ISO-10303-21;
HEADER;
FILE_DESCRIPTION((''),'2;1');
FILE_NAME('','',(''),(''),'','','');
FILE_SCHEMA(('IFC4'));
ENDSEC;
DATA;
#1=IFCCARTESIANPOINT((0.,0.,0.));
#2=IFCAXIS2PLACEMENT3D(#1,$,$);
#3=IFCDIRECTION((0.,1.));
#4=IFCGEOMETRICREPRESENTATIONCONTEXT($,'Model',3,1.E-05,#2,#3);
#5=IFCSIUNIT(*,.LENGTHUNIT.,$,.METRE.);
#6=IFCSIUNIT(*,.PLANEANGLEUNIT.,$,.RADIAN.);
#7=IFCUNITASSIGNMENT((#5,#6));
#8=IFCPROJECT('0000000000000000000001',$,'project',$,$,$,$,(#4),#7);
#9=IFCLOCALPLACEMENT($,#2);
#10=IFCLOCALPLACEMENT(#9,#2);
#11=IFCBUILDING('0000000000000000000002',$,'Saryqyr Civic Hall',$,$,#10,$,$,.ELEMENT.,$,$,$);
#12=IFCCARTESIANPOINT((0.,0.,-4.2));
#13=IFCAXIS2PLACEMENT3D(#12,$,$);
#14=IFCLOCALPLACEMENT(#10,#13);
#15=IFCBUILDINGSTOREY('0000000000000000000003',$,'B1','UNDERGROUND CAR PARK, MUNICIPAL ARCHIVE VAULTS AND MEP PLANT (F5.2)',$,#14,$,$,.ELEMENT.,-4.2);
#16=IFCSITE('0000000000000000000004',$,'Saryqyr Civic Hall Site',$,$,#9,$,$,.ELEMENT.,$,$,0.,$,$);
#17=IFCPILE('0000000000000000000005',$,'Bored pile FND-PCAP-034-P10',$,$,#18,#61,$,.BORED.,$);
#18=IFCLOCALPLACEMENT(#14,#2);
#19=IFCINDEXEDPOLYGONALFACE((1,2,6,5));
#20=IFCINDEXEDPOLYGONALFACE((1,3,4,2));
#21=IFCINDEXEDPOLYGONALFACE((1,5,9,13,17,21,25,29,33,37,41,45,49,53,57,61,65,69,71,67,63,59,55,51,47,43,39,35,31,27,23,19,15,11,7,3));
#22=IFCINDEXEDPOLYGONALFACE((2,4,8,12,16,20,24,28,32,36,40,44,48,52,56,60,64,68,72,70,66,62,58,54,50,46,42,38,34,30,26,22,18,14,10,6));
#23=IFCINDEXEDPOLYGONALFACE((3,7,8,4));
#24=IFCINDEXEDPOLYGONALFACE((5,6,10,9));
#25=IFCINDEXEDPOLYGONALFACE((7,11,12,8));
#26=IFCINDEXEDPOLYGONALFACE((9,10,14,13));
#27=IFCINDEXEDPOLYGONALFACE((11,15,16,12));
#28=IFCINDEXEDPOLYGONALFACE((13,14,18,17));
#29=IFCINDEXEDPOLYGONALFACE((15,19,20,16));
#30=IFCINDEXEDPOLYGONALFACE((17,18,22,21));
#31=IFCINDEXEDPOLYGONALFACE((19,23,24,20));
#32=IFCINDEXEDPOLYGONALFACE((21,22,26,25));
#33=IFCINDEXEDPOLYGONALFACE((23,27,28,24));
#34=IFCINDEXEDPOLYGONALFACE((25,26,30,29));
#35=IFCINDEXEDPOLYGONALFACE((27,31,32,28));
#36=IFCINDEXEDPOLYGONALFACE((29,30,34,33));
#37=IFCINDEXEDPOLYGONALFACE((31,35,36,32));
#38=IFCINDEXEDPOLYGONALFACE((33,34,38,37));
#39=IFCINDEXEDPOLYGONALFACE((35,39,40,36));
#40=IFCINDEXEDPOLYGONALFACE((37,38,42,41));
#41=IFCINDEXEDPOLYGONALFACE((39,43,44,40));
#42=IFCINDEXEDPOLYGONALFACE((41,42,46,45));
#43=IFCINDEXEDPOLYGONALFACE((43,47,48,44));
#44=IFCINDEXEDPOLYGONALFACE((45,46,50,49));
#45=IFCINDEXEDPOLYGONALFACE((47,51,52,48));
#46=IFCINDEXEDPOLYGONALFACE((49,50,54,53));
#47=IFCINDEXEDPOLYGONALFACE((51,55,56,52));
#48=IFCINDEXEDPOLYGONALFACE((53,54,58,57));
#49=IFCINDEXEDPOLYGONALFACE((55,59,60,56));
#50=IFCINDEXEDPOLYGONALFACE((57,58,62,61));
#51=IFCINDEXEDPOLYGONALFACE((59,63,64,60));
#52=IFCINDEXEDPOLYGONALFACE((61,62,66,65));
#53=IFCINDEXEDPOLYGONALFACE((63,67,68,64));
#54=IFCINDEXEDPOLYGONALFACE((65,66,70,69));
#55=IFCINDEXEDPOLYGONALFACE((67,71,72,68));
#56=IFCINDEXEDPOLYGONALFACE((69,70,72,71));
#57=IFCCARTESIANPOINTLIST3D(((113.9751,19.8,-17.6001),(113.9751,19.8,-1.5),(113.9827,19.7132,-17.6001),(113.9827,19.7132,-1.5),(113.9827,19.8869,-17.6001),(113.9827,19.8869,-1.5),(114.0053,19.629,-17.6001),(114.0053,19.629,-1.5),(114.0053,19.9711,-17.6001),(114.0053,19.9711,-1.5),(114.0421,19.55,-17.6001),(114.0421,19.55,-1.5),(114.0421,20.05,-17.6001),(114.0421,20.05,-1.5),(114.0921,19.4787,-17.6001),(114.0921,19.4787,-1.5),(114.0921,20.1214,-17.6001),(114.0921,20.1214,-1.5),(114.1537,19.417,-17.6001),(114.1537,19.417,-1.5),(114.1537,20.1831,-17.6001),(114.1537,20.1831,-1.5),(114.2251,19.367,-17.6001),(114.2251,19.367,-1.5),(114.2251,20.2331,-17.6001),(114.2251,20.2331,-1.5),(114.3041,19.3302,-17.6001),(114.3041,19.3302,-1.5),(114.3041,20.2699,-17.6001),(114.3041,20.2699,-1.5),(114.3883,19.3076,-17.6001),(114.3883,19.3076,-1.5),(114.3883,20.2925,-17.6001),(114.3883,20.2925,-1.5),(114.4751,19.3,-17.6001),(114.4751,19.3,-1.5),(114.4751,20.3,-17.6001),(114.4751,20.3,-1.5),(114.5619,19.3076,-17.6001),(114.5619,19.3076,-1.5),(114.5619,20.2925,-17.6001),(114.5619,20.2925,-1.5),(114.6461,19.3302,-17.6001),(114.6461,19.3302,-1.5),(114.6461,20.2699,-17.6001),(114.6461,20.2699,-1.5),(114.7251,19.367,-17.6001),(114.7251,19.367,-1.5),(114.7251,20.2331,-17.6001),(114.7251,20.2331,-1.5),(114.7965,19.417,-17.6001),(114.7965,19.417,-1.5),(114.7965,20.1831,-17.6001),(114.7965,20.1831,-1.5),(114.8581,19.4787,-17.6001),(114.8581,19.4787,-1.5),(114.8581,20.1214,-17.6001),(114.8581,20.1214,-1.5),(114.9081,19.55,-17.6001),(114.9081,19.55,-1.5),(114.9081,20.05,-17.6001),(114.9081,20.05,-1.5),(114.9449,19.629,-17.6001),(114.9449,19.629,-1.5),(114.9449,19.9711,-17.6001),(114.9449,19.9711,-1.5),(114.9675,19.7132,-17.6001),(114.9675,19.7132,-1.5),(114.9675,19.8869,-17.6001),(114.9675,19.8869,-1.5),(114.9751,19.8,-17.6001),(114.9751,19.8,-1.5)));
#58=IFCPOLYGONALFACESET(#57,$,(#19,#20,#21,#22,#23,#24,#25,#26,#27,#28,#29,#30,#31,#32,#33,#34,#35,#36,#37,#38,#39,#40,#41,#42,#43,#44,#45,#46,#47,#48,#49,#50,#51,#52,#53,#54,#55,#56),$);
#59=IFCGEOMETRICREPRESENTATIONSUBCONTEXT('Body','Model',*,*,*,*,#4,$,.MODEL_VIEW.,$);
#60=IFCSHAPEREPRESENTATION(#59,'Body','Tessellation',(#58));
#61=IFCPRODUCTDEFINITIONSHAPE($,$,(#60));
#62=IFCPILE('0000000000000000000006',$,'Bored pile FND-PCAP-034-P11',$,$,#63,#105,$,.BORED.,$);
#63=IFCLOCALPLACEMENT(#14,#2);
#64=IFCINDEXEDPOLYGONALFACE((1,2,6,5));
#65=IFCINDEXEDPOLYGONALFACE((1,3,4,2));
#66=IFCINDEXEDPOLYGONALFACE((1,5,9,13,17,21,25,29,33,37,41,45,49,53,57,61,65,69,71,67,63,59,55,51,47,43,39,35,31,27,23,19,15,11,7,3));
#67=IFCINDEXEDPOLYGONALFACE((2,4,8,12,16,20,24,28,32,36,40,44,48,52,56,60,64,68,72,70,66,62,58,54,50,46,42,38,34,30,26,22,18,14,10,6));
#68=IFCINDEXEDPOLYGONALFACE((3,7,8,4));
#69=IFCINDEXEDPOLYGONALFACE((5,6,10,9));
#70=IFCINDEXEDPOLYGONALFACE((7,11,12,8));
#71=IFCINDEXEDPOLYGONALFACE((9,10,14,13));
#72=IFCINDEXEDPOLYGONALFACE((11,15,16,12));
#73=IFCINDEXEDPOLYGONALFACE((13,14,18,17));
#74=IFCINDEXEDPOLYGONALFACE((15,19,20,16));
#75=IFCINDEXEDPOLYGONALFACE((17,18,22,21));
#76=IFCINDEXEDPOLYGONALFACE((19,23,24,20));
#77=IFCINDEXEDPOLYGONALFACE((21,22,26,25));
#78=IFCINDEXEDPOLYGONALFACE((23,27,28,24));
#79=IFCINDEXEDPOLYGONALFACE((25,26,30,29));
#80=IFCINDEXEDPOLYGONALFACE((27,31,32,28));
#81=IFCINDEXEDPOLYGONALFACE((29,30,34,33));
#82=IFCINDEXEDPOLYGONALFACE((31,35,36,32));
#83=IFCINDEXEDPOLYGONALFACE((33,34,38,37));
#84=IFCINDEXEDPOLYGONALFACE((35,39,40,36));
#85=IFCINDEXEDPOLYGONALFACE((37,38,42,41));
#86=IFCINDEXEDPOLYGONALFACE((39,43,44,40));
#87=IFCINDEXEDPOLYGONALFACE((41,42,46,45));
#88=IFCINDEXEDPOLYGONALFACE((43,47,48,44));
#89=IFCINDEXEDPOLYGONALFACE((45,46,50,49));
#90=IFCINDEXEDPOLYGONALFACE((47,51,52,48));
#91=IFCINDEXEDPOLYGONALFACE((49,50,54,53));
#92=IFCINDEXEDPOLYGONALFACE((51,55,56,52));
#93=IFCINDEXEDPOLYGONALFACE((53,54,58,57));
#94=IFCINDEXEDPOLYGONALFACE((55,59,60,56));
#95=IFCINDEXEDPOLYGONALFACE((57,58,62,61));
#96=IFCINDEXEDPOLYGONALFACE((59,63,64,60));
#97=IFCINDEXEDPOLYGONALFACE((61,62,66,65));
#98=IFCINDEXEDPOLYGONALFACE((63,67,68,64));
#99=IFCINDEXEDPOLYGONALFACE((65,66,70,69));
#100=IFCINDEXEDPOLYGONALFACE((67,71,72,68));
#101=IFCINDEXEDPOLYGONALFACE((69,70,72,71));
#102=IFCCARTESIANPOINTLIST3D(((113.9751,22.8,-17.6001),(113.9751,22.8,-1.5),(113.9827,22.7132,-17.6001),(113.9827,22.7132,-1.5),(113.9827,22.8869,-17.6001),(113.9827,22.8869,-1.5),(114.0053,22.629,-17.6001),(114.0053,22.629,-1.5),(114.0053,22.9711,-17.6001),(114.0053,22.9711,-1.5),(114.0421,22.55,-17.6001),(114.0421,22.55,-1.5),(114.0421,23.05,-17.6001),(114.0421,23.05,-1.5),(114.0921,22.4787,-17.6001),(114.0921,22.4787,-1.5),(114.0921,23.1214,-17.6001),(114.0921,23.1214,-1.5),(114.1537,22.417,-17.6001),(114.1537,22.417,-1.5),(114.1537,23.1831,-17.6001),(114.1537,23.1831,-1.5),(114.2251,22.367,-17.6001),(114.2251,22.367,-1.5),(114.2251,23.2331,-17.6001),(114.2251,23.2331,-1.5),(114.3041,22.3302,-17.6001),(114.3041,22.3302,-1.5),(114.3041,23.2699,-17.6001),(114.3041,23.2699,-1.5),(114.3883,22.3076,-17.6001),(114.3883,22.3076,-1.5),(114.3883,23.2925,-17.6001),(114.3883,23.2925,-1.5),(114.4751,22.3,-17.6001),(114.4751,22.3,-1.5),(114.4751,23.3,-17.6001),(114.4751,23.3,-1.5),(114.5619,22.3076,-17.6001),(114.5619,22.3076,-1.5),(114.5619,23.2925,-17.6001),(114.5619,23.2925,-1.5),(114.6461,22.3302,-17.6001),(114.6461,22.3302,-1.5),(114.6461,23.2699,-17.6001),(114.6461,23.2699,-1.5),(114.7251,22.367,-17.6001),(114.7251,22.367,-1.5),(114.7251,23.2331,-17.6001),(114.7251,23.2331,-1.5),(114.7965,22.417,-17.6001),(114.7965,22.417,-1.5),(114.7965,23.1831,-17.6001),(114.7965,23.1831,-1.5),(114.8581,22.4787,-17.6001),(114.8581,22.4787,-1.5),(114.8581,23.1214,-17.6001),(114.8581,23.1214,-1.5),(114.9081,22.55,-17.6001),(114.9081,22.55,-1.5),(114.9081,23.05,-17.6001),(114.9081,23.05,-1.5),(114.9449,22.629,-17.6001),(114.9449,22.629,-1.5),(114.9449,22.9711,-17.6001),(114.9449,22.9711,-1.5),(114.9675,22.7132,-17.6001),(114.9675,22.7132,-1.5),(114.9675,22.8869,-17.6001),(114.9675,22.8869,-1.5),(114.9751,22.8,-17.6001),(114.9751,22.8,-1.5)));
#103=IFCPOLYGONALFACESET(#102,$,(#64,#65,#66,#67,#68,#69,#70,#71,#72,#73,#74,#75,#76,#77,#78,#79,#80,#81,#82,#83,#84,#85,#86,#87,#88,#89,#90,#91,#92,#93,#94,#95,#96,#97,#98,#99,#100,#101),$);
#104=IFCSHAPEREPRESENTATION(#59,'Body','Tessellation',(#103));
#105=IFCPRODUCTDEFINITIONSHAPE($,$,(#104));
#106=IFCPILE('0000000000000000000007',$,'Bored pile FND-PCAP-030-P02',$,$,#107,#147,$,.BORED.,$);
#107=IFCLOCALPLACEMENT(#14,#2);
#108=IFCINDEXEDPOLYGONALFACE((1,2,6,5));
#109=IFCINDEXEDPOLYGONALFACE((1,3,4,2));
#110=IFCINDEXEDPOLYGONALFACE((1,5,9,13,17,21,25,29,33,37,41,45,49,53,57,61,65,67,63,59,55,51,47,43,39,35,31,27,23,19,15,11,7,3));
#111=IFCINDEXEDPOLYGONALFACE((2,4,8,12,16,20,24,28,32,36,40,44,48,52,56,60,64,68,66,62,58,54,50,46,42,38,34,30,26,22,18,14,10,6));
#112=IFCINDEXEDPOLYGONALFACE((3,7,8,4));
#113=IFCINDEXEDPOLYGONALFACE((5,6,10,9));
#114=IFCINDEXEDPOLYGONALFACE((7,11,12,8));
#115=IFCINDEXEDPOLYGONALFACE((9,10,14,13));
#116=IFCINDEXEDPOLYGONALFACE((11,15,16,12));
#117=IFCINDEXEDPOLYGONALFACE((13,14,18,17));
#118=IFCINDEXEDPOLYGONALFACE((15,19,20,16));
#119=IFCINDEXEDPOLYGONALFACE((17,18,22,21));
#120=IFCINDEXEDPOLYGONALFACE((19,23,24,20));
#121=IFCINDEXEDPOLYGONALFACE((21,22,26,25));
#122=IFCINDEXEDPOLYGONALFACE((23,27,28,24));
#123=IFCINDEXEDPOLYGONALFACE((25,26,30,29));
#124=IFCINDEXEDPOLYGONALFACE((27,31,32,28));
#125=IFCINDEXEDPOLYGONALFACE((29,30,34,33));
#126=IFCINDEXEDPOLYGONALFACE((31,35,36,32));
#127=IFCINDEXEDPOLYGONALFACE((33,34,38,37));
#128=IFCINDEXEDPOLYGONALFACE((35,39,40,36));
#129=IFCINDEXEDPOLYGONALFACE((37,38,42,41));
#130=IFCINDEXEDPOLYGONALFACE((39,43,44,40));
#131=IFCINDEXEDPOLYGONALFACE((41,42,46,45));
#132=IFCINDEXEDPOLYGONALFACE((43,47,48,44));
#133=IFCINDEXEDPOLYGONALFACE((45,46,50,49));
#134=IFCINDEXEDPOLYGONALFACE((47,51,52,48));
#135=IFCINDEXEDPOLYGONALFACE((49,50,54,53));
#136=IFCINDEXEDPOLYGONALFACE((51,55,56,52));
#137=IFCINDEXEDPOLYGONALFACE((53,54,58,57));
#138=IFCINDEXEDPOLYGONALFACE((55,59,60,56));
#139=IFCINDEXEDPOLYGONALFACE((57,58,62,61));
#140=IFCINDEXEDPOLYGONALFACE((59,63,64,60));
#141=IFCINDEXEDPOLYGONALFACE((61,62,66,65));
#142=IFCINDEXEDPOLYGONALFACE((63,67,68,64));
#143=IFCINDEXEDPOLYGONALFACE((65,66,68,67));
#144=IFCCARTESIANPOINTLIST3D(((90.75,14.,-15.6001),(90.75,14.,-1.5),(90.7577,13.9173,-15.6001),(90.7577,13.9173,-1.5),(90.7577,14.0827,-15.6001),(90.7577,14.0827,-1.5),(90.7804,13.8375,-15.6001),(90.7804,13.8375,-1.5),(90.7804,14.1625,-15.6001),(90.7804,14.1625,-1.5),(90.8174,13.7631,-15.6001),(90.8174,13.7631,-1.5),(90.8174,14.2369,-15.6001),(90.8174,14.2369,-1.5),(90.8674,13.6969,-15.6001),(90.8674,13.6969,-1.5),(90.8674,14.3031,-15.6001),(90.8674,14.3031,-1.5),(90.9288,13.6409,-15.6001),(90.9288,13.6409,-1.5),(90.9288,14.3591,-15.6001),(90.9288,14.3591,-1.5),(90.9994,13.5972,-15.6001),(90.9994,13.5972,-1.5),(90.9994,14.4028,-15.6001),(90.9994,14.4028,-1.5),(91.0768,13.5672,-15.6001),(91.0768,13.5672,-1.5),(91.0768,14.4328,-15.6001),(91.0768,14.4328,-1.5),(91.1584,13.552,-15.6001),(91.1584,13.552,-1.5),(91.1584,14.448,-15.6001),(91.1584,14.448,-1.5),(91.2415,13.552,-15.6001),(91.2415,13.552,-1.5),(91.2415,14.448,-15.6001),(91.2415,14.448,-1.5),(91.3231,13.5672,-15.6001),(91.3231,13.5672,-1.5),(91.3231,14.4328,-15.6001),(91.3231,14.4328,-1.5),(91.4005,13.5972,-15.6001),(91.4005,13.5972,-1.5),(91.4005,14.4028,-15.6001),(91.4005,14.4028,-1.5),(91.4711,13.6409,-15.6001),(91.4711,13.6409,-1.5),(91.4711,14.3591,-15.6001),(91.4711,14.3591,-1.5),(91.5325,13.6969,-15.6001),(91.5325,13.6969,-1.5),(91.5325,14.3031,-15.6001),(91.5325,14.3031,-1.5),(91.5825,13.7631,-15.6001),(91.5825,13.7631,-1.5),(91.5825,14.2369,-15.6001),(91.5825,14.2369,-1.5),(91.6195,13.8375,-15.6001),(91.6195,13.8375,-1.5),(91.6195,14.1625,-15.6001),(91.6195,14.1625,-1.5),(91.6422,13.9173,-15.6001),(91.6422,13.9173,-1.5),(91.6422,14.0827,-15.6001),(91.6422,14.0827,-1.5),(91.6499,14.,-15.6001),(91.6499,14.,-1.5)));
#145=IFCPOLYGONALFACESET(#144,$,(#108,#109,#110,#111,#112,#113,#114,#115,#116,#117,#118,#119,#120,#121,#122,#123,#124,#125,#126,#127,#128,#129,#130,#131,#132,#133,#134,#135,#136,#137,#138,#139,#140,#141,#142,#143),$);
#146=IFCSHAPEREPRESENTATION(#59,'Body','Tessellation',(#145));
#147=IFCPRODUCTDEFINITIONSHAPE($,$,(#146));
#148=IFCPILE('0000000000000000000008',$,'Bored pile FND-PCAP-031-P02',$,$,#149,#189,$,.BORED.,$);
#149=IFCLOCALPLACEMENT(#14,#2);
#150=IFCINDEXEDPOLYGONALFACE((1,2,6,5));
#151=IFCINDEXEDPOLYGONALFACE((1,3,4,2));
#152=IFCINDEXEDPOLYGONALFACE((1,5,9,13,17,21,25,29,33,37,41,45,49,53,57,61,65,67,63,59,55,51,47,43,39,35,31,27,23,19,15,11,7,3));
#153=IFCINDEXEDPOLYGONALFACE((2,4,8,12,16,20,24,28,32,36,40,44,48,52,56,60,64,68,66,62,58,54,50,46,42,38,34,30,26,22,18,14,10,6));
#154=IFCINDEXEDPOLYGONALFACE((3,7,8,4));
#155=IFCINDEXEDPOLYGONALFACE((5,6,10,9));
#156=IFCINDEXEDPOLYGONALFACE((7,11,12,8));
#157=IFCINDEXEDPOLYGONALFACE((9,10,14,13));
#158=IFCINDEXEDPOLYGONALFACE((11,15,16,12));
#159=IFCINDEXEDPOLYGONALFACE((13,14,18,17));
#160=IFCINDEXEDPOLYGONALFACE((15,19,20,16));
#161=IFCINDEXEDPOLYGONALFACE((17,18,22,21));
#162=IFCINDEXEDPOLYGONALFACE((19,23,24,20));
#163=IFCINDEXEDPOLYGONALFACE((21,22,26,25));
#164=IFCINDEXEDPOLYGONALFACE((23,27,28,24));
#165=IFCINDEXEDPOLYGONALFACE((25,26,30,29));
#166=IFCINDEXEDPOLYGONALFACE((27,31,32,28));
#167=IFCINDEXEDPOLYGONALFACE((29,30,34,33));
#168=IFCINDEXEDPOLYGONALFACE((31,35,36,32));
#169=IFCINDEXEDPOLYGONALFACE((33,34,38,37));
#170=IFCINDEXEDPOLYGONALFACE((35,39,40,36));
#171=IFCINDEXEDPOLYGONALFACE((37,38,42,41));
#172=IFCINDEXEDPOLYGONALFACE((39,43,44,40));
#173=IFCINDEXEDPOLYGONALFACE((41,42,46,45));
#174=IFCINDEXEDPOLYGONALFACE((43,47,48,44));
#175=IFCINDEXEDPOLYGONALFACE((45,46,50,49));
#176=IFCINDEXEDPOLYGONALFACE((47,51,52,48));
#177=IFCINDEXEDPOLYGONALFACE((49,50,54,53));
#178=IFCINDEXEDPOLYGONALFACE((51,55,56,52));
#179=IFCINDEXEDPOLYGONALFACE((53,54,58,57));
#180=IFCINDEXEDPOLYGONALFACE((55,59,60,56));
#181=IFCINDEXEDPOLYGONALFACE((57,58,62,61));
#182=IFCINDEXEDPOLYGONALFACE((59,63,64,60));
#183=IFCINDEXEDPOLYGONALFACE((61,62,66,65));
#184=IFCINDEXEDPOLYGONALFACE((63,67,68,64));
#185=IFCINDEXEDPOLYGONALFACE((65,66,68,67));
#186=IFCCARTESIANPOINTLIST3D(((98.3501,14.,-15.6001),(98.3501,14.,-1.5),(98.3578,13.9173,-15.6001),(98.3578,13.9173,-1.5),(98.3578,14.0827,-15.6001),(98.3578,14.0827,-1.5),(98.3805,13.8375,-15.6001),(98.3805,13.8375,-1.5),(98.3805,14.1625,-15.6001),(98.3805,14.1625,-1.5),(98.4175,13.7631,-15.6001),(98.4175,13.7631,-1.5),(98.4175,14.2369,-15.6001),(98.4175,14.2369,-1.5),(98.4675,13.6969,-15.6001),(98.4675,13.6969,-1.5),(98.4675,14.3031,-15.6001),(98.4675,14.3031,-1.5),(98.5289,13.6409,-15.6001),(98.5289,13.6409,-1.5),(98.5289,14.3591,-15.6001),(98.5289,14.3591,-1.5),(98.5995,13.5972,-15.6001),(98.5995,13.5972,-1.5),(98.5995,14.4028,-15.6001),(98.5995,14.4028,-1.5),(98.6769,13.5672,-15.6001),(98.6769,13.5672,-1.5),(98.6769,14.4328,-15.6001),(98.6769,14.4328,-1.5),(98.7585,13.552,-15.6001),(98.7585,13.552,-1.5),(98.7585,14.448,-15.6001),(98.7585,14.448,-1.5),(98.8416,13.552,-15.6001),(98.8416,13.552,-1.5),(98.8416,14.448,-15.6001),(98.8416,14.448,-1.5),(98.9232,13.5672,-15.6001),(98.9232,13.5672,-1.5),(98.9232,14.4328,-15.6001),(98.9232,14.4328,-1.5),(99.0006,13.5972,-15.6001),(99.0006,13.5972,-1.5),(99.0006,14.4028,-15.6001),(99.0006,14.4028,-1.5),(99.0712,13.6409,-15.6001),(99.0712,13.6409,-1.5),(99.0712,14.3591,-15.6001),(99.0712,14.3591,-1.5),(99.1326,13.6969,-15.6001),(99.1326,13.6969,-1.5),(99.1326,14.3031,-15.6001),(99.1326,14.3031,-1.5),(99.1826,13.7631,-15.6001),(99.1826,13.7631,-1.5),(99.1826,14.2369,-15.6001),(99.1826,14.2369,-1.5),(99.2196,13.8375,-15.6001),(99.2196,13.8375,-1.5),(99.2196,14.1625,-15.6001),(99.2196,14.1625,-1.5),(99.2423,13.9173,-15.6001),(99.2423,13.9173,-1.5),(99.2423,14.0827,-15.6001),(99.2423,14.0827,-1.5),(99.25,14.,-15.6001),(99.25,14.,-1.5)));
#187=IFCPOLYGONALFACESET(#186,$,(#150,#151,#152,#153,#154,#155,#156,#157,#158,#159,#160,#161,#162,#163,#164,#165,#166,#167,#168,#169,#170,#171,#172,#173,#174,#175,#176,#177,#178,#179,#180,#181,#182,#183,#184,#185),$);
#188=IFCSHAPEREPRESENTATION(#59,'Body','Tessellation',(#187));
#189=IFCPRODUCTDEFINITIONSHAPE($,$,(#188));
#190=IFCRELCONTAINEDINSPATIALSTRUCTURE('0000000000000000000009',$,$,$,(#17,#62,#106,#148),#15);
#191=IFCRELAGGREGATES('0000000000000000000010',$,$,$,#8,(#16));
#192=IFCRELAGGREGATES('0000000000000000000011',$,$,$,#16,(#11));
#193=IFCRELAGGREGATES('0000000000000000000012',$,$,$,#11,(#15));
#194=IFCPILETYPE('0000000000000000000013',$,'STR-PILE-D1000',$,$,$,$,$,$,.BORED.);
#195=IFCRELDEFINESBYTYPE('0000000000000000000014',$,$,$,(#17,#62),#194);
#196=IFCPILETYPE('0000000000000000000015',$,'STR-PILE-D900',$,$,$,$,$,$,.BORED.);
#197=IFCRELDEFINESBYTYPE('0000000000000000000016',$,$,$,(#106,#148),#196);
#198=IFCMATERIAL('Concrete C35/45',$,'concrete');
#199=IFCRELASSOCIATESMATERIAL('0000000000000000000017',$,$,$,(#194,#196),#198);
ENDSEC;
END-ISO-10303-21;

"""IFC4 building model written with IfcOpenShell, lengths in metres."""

from ifc_helpers import new_model, si_unit, direction, frame, origin, origin_2d, place, context, subcontext, project, spatial, circle, extrude, material, material_profile, profile_set, type_object, element, save


model = new_model("IFC4")

# Units and contexts
model_context = context("Model", 3, precision=1e-05, world=origin(), true_north=direction((0.0, 1.0)))
body_context = subcontext(model_context, "Body", "Model", "MODEL_VIEW")
ifc_project = project(units=[si_unit("LENGTHUNIT", "METRE"), si_unit("PLANEANGLEUNIT", "RADIAN")], contexts=[model_context])

# Site, building, storey
site_placement = place(None, origin())
site = spatial("IfcSite", under=ifc_project, at=site_placement, Name="Saryqyr Civic Hall Site", CompositionType="ELEMENT", RefElevation=0.0)
building_placement = place(site_placement, origin())
building = spatial("IfcBuilding", under=site, at=building_placement, Name="Saryqyr Civic Hall", CompositionType="ELEMENT")
storey_placement = place(building_placement, frame((0.0, 0.0, -4.2)))
storey = spatial("IfcBuildingStorey", under=building, at=storey_placement, Name="B1", Description="UNDERGROUND CAR PARK, MUNICIPAL ARCHIVE VAULTS AND MEP PLANT (F5.2)", CompositionType="ELEMENT", Elevation=-4.2)

# Shared definitions
ifc_material_1 = material(Name="Concrete C35/45", Category="concrete")

# Piles
ifc_material_profile_1 = material_profile(ifc_material_1, circle(Radius=0.5, at=origin_2d()), Name="BORED PILE D1000")
ifc_profile_set_1 = profile_set([ifc_material_profile_1], Name="Concrete C35/45")
pile_type_1 = type_object("IfcPileType", Name="STR-PILE-D1000", PredefinedType="BORED", material=ifc_profile_set_1)
for number, where, z_axis, x_axis, name in (
    (1, (114.4751, 19.8, -1.5), (0.0, 0.0, -1.0), (1.0, 0.0, 0.0), "Bored pile FND-PCAP-034-P10"),
    (2, (114.4751, 22.8, -1.5), (0.0, 0.0, -1.0), (1.0, 0.0, 0.0), "Bored pile FND-PCAP-034-P11"),
):
    element("IfcPile", number, at=place(storey_placement, frame(where, z_axis=z_axis, x_axis=x_axis)), inside=storey, type_object=pile_type_1, Name=name, PredefinedType="BORED", context=body_context, shape_type="SweptSolid", body=[
        extrude(circle(Radius=0.5, at=origin_2d()), origin(), (0.0, 0.0, 1.0), 16.1001),
    ])
ifc_material_profile_2 = material_profile(ifc_material_1, circle(Radius=0.45, at=origin_2d()), Name="BORED PILE D900")
ifc_profile_set_2 = profile_set([ifc_material_profile_2], Name="Concrete C35/45")
pile_type_2 = type_object("IfcPileType", Name="STR-PILE-D900", PredefinedType="BORED", material=ifc_profile_set_2)
for number, where, z_axis, x_axis, name in (
    (3, (91.2, 14.0, -1.5), (0.0, 0.0, -1.0), (1.0, 0.0, 0.0), "Bored pile FND-PCAP-030-P02"),
    (4, (98.8, 14.0, -1.5), (0.0, 0.0, -1.0), (1.0, 0.0, 0.0), "Bored pile FND-PCAP-031-P02"),
):
    element("IfcPile", number, at=place(storey_placement, frame(where, z_axis=z_axis, x_axis=x_axis)), inside=storey, type_object=pile_type_2, Name=name, PredefinedType="BORED", context=body_context, shape_type="SweptSolid", body=[
        extrude(circle(Radius=0.45, at=origin_2d()), origin(), (0.0, 0.0, 1.0), 14.1001),
    ])

save(model, "model.ifc")
